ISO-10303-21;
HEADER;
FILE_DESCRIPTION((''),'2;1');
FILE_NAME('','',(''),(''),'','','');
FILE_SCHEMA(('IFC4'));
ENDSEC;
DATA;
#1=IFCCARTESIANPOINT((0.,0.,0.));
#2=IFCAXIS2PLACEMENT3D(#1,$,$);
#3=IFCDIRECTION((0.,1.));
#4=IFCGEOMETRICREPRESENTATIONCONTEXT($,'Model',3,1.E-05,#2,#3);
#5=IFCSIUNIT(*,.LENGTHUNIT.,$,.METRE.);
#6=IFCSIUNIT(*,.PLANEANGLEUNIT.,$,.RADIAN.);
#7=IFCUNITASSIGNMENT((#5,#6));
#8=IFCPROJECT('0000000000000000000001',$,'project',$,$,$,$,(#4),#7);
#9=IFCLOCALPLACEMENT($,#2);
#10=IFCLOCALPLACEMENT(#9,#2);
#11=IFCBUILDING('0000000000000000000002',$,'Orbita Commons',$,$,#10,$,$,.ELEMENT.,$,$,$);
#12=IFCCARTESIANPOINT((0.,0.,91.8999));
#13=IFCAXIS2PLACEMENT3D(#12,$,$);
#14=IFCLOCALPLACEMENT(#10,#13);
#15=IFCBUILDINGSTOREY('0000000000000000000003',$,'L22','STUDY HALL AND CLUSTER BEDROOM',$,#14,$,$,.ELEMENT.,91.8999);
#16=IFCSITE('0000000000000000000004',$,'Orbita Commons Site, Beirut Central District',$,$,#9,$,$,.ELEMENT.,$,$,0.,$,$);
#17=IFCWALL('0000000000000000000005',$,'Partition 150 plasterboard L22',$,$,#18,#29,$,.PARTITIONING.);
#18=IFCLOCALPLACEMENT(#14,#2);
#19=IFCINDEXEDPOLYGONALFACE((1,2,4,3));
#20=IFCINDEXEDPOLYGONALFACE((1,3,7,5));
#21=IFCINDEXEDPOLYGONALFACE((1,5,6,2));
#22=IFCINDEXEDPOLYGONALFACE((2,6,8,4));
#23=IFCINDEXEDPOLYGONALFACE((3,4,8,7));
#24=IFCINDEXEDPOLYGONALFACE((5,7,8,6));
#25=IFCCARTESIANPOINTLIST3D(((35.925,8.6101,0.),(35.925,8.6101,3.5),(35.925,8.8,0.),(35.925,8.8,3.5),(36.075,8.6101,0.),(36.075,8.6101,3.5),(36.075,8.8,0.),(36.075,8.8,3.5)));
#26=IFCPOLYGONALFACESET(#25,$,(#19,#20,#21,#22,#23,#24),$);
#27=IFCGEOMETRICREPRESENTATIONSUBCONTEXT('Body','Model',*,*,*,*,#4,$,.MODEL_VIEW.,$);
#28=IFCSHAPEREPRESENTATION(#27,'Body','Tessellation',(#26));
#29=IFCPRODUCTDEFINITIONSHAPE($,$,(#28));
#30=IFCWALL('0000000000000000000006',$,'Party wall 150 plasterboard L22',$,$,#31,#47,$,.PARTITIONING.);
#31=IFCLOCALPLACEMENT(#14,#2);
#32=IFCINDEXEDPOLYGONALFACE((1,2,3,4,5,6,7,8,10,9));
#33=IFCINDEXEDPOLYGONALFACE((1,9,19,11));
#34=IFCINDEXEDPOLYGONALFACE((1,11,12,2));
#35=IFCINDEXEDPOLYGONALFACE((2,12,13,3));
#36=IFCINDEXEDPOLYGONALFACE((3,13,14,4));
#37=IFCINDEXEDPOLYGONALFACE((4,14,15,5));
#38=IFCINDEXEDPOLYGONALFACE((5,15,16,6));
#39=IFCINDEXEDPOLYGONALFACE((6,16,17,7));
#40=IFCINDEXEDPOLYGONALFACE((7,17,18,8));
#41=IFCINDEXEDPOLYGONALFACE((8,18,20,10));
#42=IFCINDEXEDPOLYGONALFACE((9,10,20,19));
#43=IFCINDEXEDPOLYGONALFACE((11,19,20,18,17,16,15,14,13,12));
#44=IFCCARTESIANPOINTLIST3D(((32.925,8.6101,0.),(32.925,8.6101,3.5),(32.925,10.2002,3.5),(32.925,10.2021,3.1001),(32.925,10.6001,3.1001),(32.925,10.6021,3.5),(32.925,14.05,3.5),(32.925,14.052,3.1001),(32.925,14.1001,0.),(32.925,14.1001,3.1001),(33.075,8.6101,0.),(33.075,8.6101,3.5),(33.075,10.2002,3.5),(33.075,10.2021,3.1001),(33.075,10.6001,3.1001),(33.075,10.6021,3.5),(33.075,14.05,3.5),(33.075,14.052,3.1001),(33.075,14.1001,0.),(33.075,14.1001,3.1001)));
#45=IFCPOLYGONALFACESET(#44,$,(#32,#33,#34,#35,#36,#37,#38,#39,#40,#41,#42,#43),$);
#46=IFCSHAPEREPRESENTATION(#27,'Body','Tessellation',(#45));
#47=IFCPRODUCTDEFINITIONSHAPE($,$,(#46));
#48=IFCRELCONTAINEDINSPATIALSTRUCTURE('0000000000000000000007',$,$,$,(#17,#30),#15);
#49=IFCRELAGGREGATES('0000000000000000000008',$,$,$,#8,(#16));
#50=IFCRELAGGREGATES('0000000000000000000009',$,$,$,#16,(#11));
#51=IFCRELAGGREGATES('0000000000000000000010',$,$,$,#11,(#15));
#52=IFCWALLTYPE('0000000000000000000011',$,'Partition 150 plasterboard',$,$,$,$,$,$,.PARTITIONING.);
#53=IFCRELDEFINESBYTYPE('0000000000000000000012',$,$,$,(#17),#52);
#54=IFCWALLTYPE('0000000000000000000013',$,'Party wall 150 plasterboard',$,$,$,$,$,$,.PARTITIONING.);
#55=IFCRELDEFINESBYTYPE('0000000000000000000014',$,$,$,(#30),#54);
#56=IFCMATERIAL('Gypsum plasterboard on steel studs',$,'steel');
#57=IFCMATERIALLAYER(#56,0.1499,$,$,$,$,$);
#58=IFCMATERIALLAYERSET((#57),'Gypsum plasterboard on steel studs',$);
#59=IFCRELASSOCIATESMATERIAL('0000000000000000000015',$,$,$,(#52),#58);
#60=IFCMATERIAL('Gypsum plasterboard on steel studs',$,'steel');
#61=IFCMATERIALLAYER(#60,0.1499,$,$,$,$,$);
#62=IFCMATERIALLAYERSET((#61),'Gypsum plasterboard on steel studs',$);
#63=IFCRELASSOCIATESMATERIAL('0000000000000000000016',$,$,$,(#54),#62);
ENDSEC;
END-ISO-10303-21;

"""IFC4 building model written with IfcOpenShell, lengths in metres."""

from ifc_helpers import new_model, si_unit, direction, frame, frame_2d, origin, place, context, subcontext, project, spatial, polyline, rectangle, outline, extrude, material, layer, layer_set, type_object, element, save


model = new_model("IFC4")

# Units and contexts
model_context = context("Model", 3, precision=1e-05, world=origin(), true_north=direction((0.0, 1.0)))
body_context = subcontext(model_context, "Body", "Model", "MODEL_VIEW")
ifc_project = project(units=[si_unit("LENGTHUNIT", "METRE"), si_unit("PLANEANGLEUNIT", "RADIAN")], contexts=[model_context])

# Site, building, storey
site_placement = place(None, origin())
site = spatial("IfcSite", under=ifc_project, at=site_placement, Name="Orbita Commons Site, Beirut Central District", CompositionType="ELEMENT", RefElevation=0.0)
building_placement = place(site_placement, origin())
building = spatial("IfcBuilding", under=site, at=building_placement, Name="Orbita Commons", CompositionType="ELEMENT")
storey_placement = place(building_placement, frame((0.0, 0.0, 91.8999)))
storey = spatial("IfcBuildingStorey", under=building, at=storey_placement, Name="L22", Description="STUDY HALL AND CLUSTER BEDROOM", CompositionType="ELEMENT", Elevation=91.8999)

# Walls
ifc_material_1 = material(Name="Gypsum plasterboard on steel studs", Category="steel")
ifc_layer_1 = layer(ifc_material_1, 0.1499)
ifc_layer_set_1 = layer_set([ifc_layer_1], Name="Gypsum plasterboard on steel studs")
wall_type_1 = type_object("IfcWallType", Name="Partition 150 plasterboard", PredefinedType="PARTITIONING", material=ifc_layer_set_1)
for number, where, z_axis, x_axis, name in (
    (1, (36.0, 8.8, 0.0), (0.0, 0.0, 1.0), (0.0, -1.0, 0.0), "Partition 150 plasterboard L22"),
):
    element("IfcWall", number, at=place(storey_placement, frame(where, z_axis=z_axis, x_axis=x_axis)), inside=storey, type_object=wall_type_1, Name=name, PredefinedType="PARTITIONING", context=body_context, shape_type="SweptSolid", body=[
        extrude(rectangle(XDim=0.1899, YDim=0.1499, at=frame_2d((0.095, 0.0))), origin(), (0.0, 0.0, 1.0), 3.5),
    ])
ifc_material_2 = material(Name="Gypsum plasterboard on steel studs", Category="steel")
ifc_layer_2 = layer(ifc_material_2, 0.1499)
ifc_layer_set_2 = layer_set([ifc_layer_2], Name="Gypsum plasterboard on steel studs")
wall_type_2 = type_object("IfcWallType", Name="Party wall 150 plasterboard", PredefinedType="PARTITIONING", material=ifc_layer_set_2)
wall_placement = place(storey_placement, frame((33.0, 8.6101, 0.0), z_axis=(0.0, 0.0, 1.0), x_axis=(0.0, 1.0, 0.0)))
element("IfcWall", 2, at=wall_placement, inside=storey, type_object=wall_type_2, Name="Party wall 150 plasterboard L22", PredefinedType="PARTITIONING", context=body_context, shape_type="SweptSolid", body=[
    extrude(outline(polyline([(0.0, 0.0), (5.49, 0.0), (5.49, 3.1001), (5.4419, 3.1001), (5.4399, 3.5), (1.9919, 3.5), (1.99, 3.1001), (1.592, 3.1001), (1.5901, 3.5), (0.0, 3.5), (0.0, 0.0)])), frame((0.0, 0.075, 0.0), z_axis=(0.0, -1.0, 0.0), x_axis=(1.0, 0.0, 0.0)), (0.0, 0.0, 1.0), 0.1499),
])

save(model, "model.ifc")
